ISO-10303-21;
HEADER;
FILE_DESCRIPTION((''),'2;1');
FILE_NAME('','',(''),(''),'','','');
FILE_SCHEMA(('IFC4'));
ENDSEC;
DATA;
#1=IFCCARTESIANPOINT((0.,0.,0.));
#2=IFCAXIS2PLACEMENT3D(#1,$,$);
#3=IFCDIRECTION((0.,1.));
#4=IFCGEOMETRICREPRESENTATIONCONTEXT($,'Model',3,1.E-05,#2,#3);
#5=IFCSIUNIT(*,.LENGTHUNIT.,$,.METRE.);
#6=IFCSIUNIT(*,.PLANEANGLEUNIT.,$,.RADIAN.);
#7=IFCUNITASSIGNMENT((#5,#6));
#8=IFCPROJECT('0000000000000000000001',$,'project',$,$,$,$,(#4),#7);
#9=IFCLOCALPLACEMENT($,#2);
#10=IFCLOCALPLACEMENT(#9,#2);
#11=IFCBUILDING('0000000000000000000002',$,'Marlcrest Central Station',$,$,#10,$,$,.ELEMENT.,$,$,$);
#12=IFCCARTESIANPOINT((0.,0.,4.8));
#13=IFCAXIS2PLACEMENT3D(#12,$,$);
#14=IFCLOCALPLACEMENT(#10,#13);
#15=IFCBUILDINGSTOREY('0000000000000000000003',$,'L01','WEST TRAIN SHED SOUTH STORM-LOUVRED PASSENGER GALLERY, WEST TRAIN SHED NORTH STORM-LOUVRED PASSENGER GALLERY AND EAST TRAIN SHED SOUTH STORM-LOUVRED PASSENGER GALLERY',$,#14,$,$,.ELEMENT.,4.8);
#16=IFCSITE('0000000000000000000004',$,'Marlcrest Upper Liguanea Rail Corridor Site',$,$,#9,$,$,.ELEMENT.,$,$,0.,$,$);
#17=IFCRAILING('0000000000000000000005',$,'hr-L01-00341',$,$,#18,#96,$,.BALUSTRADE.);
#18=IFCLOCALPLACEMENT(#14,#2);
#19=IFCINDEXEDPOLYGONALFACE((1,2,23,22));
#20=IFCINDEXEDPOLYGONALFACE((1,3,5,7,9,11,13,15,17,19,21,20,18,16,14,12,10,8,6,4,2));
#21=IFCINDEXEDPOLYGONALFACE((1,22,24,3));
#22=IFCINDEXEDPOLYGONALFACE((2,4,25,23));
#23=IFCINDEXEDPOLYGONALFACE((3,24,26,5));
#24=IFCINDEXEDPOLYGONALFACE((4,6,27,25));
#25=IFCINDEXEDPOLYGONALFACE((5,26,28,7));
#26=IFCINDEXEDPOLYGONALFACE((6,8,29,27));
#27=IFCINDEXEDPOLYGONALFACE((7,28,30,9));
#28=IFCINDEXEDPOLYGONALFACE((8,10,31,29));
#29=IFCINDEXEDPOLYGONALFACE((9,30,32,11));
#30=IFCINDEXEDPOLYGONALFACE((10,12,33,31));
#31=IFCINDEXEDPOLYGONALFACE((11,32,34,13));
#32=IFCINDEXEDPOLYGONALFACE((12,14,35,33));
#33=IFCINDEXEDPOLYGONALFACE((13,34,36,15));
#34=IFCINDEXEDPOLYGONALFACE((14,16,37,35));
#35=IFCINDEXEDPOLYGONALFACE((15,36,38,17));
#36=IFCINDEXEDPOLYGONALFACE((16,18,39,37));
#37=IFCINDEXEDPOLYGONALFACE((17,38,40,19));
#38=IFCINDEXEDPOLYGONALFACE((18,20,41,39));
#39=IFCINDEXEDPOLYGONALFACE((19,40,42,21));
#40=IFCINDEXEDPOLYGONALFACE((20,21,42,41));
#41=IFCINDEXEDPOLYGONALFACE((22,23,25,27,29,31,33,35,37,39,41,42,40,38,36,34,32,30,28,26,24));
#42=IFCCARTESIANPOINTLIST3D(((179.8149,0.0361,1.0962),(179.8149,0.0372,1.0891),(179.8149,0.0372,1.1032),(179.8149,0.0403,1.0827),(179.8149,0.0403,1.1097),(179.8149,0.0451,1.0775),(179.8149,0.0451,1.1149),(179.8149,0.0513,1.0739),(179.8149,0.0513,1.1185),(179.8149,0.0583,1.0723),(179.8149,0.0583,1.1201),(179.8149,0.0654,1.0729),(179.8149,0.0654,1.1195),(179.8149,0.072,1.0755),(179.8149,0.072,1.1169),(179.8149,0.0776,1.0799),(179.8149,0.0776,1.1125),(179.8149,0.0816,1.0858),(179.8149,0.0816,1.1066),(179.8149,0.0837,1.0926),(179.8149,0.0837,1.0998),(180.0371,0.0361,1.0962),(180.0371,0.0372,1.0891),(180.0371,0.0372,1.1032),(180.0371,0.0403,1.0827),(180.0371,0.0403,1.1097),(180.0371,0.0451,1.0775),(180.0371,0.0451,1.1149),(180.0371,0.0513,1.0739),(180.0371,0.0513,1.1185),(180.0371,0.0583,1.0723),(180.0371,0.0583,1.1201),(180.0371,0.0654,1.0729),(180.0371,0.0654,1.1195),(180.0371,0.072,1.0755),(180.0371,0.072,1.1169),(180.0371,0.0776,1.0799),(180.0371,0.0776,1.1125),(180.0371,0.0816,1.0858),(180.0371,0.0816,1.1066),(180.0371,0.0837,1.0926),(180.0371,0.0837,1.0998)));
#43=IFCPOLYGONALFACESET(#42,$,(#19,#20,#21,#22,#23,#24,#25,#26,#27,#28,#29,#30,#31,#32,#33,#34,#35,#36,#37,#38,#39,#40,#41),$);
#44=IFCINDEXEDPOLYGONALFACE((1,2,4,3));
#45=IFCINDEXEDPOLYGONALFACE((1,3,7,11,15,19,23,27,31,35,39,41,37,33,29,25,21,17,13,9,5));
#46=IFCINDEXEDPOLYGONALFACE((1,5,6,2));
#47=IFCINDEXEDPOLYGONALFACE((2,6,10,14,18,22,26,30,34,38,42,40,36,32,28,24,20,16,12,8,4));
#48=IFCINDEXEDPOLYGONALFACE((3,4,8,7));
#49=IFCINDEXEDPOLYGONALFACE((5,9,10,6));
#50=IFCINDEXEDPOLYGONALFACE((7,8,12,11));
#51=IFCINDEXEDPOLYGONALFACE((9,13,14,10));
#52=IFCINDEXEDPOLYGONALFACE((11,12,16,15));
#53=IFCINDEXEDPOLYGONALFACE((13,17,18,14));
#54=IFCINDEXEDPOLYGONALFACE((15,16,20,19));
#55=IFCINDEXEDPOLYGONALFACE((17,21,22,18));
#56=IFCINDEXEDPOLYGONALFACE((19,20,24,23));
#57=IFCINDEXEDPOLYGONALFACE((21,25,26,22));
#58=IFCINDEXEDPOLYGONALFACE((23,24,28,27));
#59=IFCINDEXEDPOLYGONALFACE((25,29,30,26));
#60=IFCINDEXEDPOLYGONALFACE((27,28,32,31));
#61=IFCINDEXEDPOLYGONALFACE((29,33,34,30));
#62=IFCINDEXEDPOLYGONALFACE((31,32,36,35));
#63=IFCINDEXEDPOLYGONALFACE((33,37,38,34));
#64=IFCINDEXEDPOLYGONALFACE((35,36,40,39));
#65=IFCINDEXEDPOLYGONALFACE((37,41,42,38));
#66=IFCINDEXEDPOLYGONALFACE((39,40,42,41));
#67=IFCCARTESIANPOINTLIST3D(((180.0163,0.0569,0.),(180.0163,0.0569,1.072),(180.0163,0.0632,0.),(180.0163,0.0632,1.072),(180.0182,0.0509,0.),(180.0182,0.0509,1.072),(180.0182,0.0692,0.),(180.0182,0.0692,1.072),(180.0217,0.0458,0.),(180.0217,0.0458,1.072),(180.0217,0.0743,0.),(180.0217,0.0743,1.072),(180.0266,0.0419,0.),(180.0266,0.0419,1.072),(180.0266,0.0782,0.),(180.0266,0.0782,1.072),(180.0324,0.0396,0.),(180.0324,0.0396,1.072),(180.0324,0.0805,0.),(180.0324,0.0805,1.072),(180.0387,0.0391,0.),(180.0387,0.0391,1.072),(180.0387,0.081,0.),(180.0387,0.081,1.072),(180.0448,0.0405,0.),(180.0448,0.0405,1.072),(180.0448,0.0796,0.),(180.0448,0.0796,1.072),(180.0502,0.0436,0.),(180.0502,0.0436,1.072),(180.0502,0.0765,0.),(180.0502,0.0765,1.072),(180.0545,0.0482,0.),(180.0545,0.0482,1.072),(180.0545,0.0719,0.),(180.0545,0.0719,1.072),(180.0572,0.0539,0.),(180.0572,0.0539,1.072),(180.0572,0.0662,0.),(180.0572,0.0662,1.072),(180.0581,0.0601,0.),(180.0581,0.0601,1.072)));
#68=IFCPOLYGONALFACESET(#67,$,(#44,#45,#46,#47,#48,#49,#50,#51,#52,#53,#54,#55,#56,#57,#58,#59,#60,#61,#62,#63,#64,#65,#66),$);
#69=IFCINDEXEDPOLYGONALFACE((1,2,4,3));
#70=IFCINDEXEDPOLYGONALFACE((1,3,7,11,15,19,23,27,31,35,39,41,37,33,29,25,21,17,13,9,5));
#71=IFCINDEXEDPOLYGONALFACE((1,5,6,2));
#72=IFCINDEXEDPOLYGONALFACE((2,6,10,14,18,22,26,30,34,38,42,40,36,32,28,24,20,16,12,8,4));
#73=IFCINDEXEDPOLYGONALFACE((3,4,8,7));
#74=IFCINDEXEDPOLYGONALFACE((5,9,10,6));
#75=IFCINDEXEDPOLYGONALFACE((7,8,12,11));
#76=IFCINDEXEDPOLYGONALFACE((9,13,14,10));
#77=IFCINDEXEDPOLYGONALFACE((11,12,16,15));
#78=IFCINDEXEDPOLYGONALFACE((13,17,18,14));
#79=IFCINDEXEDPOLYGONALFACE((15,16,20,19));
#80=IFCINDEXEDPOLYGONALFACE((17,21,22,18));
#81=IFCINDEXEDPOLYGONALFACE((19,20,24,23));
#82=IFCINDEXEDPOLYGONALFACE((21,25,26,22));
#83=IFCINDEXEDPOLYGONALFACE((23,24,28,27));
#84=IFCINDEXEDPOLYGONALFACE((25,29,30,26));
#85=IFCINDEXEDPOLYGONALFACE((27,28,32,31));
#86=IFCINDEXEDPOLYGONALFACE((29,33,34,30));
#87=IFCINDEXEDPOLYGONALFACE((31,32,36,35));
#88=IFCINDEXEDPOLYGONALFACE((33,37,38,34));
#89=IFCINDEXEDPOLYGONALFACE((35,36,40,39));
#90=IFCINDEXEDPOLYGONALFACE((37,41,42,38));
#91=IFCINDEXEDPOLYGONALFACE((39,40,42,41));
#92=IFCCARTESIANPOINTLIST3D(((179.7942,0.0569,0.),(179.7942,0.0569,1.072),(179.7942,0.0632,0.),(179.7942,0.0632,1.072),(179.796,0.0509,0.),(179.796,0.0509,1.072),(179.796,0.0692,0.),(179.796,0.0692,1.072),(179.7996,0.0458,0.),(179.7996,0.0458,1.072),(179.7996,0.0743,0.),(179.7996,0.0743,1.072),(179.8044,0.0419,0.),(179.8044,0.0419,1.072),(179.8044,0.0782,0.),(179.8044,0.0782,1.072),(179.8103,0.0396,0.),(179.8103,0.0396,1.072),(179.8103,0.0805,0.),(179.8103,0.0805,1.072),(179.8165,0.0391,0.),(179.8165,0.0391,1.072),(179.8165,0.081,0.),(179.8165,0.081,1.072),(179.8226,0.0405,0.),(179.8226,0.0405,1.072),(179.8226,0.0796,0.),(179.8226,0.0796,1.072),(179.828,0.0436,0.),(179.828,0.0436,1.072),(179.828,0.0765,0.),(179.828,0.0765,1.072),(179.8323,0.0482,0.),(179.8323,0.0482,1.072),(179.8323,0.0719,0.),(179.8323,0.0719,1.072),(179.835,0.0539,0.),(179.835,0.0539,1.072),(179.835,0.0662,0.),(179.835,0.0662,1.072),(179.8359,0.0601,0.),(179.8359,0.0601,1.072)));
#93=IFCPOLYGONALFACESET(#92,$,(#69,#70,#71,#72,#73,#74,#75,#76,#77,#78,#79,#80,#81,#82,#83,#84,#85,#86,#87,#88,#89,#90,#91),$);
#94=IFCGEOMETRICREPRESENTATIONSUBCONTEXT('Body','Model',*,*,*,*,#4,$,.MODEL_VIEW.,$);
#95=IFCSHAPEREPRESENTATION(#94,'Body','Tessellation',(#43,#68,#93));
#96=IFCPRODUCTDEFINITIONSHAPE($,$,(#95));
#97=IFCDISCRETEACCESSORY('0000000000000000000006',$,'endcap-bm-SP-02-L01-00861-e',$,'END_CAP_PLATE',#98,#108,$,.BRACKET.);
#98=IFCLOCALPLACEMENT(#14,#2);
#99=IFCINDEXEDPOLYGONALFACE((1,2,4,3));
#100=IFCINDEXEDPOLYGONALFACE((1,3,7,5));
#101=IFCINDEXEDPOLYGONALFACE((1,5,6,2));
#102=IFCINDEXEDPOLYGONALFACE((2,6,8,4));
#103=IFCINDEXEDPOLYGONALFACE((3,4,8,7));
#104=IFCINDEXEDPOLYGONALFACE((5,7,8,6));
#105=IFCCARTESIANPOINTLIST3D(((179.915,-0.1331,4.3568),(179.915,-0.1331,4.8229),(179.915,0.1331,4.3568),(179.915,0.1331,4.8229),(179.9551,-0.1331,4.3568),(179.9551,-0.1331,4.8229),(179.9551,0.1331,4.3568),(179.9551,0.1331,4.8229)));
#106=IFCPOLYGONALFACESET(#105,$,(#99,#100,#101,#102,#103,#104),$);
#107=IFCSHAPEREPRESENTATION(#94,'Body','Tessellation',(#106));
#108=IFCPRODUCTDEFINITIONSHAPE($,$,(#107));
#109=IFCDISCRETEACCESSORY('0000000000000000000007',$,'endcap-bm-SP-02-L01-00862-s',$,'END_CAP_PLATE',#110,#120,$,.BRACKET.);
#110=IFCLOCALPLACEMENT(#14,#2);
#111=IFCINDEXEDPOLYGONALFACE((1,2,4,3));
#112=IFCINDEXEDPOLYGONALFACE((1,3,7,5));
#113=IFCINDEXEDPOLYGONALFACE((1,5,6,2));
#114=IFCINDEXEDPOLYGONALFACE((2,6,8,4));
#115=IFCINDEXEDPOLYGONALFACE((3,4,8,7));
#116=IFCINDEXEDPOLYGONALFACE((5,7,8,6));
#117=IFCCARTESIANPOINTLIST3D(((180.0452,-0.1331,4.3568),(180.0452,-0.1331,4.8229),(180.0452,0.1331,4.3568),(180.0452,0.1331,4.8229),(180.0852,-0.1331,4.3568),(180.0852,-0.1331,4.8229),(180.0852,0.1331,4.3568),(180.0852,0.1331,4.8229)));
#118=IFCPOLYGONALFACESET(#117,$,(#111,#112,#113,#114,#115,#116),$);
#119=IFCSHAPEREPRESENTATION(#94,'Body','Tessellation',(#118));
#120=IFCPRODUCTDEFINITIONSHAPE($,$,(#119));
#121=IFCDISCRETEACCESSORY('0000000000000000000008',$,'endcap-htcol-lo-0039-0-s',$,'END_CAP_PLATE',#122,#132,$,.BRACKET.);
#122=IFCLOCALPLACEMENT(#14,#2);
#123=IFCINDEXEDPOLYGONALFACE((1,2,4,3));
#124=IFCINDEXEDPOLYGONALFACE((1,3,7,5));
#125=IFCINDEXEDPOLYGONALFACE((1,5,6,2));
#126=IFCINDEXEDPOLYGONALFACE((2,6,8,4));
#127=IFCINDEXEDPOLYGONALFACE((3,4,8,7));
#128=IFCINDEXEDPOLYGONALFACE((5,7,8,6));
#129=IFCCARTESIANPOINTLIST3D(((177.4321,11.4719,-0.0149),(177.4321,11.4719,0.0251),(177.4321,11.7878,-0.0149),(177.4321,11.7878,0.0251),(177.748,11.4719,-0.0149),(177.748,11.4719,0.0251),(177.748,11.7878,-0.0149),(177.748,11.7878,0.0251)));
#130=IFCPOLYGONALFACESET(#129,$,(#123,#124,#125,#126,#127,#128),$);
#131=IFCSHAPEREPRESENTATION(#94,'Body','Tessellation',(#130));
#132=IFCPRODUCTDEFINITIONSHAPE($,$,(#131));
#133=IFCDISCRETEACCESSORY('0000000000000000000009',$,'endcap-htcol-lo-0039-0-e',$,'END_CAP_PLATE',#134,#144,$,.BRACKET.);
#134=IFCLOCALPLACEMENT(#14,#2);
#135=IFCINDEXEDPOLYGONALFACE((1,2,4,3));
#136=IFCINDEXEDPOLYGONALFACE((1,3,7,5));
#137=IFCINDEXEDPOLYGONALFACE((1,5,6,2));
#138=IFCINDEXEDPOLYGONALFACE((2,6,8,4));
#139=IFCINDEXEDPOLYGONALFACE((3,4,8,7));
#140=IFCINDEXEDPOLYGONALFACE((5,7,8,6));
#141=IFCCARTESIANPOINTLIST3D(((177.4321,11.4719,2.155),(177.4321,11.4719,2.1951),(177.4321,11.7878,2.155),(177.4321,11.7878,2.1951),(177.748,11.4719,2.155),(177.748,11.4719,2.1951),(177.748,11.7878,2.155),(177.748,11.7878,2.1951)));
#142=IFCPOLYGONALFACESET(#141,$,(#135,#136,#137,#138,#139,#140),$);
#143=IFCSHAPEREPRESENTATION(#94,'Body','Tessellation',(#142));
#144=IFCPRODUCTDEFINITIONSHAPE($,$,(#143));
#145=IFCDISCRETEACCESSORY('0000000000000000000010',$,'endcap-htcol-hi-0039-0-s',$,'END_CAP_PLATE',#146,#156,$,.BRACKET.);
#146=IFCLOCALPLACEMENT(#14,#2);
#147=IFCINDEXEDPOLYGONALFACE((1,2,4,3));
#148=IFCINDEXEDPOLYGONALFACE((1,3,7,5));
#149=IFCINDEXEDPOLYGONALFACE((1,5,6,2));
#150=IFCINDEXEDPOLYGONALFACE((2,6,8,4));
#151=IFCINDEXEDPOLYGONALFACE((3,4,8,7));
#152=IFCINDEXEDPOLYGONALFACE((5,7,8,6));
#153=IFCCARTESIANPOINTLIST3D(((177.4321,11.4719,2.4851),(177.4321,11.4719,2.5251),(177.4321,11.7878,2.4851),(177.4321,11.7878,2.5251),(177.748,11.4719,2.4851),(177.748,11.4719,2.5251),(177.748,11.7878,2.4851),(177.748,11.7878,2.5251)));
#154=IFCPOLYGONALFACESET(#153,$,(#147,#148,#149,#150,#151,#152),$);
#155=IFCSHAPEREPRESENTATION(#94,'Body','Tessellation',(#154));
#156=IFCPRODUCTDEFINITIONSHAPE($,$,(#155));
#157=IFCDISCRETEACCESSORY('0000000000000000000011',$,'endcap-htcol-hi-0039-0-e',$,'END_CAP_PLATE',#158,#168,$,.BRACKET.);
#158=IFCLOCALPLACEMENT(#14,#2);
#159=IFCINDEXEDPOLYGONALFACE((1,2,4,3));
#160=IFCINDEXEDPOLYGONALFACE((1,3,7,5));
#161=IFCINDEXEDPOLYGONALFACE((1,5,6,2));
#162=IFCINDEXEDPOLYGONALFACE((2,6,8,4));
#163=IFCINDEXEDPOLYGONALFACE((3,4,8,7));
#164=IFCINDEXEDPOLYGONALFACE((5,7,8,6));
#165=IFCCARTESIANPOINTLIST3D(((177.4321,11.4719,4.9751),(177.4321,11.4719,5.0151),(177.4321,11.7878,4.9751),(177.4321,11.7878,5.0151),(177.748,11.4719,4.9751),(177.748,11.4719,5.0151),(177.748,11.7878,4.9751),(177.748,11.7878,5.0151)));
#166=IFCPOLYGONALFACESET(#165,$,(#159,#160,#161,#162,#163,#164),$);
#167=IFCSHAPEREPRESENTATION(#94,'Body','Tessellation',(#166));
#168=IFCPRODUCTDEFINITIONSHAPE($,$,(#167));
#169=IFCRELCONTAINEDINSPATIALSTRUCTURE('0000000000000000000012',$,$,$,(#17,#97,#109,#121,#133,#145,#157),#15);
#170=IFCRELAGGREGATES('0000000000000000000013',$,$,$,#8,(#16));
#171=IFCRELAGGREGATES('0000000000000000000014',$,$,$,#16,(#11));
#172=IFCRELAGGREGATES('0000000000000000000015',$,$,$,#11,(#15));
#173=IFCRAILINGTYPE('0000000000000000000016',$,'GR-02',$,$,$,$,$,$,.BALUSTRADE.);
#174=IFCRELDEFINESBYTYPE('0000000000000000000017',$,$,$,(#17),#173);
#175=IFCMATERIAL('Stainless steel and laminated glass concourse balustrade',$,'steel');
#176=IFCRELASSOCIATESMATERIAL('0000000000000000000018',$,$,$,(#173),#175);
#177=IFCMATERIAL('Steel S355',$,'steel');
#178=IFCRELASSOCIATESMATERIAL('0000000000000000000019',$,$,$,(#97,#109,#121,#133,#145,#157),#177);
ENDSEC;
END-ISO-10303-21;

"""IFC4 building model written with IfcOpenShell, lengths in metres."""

from ifc_helpers import new_model, si_unit, direction, frame, origin, origin_2d, place, context, subcontext, project, spatial, rectangle, circle, extrude, material, type_object, element, save


model = new_model("IFC4")

# Units and contexts
model_context = context("Model", 3, precision=1e-05, world=origin(), true_north=direction((0.0, 1.0)))
body_context = subcontext(model_context, "Body", "Model", "MODEL_VIEW")
ifc_project = project(units=[si_unit("LENGTHUNIT", "METRE"), si_unit("PLANEANGLEUNIT", "RADIAN")], contexts=[model_context])

# Site, building, storey
site_placement = place(None, origin())
site = spatial("IfcSite", under=ifc_project, at=site_placement, Name="Marlcrest Upper Liguanea Rail Corridor Site", CompositionType="ELEMENT", RefElevation=0.0)
building_placement = place(site_placement, origin())
building = spatial("IfcBuilding", under=site, at=building_placement, Name="Marlcrest Central Station", CompositionType="ELEMENT")
storey_placement = place(building_placement, frame((0.0, 0.0, 4.8)))
storey = spatial("IfcBuildingStorey", under=building, at=storey_placement, Name="L01", Description="WEST TRAIN SHED SOUTH STORM-LOUVRED PASSENGER GALLERY, WEST TRAIN SHED NORTH STORM-LOUVRED PASSENGER GALLERY AND EAST TRAIN SHED SOUTH STORM-LOUVRED PASSENGER GALLERY", CompositionType="ELEMENT", Elevation=4.8)

# Shared definitions
ifc_material_1 = material(Name="Steel S355", Category="steel")

# Railing
ifc_material_2 = material(Name="Stainless steel and laminated glass concourse balustrade", Category="steel")
railing_type = type_object("IfcRailingType", Name="GR-02", PredefinedType="BALUSTRADE", material=ifc_material_2)
railing_placement = place(storey_placement, frame((180.0371, 0.0601, 0.0)))
element("IfcRailing", 1, at=railing_placement, inside=storey, type_object=railing_type, Name="hr-L01-00341", PredefinedType="BALUSTRADE", context=body_context, shape_type="SweptSolid", body=[
    extrude(circle(Radius=0.0239, at=origin_2d()), frame((0.0, 0.0, 1.0962), z_axis=(-1.0, 0.0, 0.0), x_axis=(0.0, -1.0, 0.0)), (0.0, 0.0, 1.0), 0.2222),
    extrude(circle(Radius=0.021, at=origin_2d()), origin(), (0.0, 0.0, 1.0), 1.072),
    extrude(circle(Radius=0.021, at=origin_2d()), frame((-0.2222, 0.0, 0.0)), (0.0, 0.0, 1.0), 1.072),
])

# Discrete accessories
for number, where, z_axis, x_axis, name in (
    (2, (179.915, 0.0, 4.5898), (1.0, 0.0, 0.0), (0.0, 1.0, 0.0), "endcap-bm-SP-02-L01-00861-e"),
    (3, (180.0452, 0.0, 4.5898), (1.0, 0.0, 0.0), (0.0, 1.0, 0.0), "endcap-bm-SP-02-L01-00862-s"),
):
    element("IfcDiscreteAccessory", number, at=place(storey_placement, frame(where, z_axis=z_axis, x_axis=x_axis)), inside=storey, material=ifc_material_1, Name=name, ObjectType="END_CAP_PLATE", PredefinedType="BRACKET", context=body_context, shape_type="SweptSolid", body=[
        extrude(rectangle(XDim=0.2661, YDim=0.4661, at=origin_2d()), origin(), (0.0, 0.0, 1.0), 0.04),
    ])
for number, where, z_axis, x_axis, name in (
    (4, (177.5901, 11.6299, -0.0149), (0.0, 0.0, 1.0), (1.0, 0.0, 0.0), "endcap-htcol-lo-0039-0-s"),
    (5, (177.5901, 11.6299, 2.155), (0.0, 0.0, 1.0), (1.0, 0.0, 0.0), "endcap-htcol-lo-0039-0-e"),
    (6, (177.5901, 11.6299, 2.4851), (0.0, 0.0, 1.0), (1.0, 0.0, 0.0), "endcap-htcol-hi-0039-0-s"),
    (7, (177.5901, 11.6299, 4.9751), (0.0, 0.0, 1.0), (1.0, 0.0, 0.0), "endcap-htcol-hi-0039-0-e"),
):
    element("IfcDiscreteAccessory", number, at=place(storey_placement, frame(where, z_axis=z_axis, x_axis=x_axis)), inside=storey, material=ifc_material_1, Name=name, ObjectType="END_CAP_PLATE", PredefinedType="BRACKET", context=body_context, shape_type="SweptSolid", body=[
        extrude(rectangle(XDim=0.3159, YDim=0.3159, at=origin_2d()), origin(), (0.0, 0.0, 1.0), 0.04),
    ])

save(model, "model.ifc")
